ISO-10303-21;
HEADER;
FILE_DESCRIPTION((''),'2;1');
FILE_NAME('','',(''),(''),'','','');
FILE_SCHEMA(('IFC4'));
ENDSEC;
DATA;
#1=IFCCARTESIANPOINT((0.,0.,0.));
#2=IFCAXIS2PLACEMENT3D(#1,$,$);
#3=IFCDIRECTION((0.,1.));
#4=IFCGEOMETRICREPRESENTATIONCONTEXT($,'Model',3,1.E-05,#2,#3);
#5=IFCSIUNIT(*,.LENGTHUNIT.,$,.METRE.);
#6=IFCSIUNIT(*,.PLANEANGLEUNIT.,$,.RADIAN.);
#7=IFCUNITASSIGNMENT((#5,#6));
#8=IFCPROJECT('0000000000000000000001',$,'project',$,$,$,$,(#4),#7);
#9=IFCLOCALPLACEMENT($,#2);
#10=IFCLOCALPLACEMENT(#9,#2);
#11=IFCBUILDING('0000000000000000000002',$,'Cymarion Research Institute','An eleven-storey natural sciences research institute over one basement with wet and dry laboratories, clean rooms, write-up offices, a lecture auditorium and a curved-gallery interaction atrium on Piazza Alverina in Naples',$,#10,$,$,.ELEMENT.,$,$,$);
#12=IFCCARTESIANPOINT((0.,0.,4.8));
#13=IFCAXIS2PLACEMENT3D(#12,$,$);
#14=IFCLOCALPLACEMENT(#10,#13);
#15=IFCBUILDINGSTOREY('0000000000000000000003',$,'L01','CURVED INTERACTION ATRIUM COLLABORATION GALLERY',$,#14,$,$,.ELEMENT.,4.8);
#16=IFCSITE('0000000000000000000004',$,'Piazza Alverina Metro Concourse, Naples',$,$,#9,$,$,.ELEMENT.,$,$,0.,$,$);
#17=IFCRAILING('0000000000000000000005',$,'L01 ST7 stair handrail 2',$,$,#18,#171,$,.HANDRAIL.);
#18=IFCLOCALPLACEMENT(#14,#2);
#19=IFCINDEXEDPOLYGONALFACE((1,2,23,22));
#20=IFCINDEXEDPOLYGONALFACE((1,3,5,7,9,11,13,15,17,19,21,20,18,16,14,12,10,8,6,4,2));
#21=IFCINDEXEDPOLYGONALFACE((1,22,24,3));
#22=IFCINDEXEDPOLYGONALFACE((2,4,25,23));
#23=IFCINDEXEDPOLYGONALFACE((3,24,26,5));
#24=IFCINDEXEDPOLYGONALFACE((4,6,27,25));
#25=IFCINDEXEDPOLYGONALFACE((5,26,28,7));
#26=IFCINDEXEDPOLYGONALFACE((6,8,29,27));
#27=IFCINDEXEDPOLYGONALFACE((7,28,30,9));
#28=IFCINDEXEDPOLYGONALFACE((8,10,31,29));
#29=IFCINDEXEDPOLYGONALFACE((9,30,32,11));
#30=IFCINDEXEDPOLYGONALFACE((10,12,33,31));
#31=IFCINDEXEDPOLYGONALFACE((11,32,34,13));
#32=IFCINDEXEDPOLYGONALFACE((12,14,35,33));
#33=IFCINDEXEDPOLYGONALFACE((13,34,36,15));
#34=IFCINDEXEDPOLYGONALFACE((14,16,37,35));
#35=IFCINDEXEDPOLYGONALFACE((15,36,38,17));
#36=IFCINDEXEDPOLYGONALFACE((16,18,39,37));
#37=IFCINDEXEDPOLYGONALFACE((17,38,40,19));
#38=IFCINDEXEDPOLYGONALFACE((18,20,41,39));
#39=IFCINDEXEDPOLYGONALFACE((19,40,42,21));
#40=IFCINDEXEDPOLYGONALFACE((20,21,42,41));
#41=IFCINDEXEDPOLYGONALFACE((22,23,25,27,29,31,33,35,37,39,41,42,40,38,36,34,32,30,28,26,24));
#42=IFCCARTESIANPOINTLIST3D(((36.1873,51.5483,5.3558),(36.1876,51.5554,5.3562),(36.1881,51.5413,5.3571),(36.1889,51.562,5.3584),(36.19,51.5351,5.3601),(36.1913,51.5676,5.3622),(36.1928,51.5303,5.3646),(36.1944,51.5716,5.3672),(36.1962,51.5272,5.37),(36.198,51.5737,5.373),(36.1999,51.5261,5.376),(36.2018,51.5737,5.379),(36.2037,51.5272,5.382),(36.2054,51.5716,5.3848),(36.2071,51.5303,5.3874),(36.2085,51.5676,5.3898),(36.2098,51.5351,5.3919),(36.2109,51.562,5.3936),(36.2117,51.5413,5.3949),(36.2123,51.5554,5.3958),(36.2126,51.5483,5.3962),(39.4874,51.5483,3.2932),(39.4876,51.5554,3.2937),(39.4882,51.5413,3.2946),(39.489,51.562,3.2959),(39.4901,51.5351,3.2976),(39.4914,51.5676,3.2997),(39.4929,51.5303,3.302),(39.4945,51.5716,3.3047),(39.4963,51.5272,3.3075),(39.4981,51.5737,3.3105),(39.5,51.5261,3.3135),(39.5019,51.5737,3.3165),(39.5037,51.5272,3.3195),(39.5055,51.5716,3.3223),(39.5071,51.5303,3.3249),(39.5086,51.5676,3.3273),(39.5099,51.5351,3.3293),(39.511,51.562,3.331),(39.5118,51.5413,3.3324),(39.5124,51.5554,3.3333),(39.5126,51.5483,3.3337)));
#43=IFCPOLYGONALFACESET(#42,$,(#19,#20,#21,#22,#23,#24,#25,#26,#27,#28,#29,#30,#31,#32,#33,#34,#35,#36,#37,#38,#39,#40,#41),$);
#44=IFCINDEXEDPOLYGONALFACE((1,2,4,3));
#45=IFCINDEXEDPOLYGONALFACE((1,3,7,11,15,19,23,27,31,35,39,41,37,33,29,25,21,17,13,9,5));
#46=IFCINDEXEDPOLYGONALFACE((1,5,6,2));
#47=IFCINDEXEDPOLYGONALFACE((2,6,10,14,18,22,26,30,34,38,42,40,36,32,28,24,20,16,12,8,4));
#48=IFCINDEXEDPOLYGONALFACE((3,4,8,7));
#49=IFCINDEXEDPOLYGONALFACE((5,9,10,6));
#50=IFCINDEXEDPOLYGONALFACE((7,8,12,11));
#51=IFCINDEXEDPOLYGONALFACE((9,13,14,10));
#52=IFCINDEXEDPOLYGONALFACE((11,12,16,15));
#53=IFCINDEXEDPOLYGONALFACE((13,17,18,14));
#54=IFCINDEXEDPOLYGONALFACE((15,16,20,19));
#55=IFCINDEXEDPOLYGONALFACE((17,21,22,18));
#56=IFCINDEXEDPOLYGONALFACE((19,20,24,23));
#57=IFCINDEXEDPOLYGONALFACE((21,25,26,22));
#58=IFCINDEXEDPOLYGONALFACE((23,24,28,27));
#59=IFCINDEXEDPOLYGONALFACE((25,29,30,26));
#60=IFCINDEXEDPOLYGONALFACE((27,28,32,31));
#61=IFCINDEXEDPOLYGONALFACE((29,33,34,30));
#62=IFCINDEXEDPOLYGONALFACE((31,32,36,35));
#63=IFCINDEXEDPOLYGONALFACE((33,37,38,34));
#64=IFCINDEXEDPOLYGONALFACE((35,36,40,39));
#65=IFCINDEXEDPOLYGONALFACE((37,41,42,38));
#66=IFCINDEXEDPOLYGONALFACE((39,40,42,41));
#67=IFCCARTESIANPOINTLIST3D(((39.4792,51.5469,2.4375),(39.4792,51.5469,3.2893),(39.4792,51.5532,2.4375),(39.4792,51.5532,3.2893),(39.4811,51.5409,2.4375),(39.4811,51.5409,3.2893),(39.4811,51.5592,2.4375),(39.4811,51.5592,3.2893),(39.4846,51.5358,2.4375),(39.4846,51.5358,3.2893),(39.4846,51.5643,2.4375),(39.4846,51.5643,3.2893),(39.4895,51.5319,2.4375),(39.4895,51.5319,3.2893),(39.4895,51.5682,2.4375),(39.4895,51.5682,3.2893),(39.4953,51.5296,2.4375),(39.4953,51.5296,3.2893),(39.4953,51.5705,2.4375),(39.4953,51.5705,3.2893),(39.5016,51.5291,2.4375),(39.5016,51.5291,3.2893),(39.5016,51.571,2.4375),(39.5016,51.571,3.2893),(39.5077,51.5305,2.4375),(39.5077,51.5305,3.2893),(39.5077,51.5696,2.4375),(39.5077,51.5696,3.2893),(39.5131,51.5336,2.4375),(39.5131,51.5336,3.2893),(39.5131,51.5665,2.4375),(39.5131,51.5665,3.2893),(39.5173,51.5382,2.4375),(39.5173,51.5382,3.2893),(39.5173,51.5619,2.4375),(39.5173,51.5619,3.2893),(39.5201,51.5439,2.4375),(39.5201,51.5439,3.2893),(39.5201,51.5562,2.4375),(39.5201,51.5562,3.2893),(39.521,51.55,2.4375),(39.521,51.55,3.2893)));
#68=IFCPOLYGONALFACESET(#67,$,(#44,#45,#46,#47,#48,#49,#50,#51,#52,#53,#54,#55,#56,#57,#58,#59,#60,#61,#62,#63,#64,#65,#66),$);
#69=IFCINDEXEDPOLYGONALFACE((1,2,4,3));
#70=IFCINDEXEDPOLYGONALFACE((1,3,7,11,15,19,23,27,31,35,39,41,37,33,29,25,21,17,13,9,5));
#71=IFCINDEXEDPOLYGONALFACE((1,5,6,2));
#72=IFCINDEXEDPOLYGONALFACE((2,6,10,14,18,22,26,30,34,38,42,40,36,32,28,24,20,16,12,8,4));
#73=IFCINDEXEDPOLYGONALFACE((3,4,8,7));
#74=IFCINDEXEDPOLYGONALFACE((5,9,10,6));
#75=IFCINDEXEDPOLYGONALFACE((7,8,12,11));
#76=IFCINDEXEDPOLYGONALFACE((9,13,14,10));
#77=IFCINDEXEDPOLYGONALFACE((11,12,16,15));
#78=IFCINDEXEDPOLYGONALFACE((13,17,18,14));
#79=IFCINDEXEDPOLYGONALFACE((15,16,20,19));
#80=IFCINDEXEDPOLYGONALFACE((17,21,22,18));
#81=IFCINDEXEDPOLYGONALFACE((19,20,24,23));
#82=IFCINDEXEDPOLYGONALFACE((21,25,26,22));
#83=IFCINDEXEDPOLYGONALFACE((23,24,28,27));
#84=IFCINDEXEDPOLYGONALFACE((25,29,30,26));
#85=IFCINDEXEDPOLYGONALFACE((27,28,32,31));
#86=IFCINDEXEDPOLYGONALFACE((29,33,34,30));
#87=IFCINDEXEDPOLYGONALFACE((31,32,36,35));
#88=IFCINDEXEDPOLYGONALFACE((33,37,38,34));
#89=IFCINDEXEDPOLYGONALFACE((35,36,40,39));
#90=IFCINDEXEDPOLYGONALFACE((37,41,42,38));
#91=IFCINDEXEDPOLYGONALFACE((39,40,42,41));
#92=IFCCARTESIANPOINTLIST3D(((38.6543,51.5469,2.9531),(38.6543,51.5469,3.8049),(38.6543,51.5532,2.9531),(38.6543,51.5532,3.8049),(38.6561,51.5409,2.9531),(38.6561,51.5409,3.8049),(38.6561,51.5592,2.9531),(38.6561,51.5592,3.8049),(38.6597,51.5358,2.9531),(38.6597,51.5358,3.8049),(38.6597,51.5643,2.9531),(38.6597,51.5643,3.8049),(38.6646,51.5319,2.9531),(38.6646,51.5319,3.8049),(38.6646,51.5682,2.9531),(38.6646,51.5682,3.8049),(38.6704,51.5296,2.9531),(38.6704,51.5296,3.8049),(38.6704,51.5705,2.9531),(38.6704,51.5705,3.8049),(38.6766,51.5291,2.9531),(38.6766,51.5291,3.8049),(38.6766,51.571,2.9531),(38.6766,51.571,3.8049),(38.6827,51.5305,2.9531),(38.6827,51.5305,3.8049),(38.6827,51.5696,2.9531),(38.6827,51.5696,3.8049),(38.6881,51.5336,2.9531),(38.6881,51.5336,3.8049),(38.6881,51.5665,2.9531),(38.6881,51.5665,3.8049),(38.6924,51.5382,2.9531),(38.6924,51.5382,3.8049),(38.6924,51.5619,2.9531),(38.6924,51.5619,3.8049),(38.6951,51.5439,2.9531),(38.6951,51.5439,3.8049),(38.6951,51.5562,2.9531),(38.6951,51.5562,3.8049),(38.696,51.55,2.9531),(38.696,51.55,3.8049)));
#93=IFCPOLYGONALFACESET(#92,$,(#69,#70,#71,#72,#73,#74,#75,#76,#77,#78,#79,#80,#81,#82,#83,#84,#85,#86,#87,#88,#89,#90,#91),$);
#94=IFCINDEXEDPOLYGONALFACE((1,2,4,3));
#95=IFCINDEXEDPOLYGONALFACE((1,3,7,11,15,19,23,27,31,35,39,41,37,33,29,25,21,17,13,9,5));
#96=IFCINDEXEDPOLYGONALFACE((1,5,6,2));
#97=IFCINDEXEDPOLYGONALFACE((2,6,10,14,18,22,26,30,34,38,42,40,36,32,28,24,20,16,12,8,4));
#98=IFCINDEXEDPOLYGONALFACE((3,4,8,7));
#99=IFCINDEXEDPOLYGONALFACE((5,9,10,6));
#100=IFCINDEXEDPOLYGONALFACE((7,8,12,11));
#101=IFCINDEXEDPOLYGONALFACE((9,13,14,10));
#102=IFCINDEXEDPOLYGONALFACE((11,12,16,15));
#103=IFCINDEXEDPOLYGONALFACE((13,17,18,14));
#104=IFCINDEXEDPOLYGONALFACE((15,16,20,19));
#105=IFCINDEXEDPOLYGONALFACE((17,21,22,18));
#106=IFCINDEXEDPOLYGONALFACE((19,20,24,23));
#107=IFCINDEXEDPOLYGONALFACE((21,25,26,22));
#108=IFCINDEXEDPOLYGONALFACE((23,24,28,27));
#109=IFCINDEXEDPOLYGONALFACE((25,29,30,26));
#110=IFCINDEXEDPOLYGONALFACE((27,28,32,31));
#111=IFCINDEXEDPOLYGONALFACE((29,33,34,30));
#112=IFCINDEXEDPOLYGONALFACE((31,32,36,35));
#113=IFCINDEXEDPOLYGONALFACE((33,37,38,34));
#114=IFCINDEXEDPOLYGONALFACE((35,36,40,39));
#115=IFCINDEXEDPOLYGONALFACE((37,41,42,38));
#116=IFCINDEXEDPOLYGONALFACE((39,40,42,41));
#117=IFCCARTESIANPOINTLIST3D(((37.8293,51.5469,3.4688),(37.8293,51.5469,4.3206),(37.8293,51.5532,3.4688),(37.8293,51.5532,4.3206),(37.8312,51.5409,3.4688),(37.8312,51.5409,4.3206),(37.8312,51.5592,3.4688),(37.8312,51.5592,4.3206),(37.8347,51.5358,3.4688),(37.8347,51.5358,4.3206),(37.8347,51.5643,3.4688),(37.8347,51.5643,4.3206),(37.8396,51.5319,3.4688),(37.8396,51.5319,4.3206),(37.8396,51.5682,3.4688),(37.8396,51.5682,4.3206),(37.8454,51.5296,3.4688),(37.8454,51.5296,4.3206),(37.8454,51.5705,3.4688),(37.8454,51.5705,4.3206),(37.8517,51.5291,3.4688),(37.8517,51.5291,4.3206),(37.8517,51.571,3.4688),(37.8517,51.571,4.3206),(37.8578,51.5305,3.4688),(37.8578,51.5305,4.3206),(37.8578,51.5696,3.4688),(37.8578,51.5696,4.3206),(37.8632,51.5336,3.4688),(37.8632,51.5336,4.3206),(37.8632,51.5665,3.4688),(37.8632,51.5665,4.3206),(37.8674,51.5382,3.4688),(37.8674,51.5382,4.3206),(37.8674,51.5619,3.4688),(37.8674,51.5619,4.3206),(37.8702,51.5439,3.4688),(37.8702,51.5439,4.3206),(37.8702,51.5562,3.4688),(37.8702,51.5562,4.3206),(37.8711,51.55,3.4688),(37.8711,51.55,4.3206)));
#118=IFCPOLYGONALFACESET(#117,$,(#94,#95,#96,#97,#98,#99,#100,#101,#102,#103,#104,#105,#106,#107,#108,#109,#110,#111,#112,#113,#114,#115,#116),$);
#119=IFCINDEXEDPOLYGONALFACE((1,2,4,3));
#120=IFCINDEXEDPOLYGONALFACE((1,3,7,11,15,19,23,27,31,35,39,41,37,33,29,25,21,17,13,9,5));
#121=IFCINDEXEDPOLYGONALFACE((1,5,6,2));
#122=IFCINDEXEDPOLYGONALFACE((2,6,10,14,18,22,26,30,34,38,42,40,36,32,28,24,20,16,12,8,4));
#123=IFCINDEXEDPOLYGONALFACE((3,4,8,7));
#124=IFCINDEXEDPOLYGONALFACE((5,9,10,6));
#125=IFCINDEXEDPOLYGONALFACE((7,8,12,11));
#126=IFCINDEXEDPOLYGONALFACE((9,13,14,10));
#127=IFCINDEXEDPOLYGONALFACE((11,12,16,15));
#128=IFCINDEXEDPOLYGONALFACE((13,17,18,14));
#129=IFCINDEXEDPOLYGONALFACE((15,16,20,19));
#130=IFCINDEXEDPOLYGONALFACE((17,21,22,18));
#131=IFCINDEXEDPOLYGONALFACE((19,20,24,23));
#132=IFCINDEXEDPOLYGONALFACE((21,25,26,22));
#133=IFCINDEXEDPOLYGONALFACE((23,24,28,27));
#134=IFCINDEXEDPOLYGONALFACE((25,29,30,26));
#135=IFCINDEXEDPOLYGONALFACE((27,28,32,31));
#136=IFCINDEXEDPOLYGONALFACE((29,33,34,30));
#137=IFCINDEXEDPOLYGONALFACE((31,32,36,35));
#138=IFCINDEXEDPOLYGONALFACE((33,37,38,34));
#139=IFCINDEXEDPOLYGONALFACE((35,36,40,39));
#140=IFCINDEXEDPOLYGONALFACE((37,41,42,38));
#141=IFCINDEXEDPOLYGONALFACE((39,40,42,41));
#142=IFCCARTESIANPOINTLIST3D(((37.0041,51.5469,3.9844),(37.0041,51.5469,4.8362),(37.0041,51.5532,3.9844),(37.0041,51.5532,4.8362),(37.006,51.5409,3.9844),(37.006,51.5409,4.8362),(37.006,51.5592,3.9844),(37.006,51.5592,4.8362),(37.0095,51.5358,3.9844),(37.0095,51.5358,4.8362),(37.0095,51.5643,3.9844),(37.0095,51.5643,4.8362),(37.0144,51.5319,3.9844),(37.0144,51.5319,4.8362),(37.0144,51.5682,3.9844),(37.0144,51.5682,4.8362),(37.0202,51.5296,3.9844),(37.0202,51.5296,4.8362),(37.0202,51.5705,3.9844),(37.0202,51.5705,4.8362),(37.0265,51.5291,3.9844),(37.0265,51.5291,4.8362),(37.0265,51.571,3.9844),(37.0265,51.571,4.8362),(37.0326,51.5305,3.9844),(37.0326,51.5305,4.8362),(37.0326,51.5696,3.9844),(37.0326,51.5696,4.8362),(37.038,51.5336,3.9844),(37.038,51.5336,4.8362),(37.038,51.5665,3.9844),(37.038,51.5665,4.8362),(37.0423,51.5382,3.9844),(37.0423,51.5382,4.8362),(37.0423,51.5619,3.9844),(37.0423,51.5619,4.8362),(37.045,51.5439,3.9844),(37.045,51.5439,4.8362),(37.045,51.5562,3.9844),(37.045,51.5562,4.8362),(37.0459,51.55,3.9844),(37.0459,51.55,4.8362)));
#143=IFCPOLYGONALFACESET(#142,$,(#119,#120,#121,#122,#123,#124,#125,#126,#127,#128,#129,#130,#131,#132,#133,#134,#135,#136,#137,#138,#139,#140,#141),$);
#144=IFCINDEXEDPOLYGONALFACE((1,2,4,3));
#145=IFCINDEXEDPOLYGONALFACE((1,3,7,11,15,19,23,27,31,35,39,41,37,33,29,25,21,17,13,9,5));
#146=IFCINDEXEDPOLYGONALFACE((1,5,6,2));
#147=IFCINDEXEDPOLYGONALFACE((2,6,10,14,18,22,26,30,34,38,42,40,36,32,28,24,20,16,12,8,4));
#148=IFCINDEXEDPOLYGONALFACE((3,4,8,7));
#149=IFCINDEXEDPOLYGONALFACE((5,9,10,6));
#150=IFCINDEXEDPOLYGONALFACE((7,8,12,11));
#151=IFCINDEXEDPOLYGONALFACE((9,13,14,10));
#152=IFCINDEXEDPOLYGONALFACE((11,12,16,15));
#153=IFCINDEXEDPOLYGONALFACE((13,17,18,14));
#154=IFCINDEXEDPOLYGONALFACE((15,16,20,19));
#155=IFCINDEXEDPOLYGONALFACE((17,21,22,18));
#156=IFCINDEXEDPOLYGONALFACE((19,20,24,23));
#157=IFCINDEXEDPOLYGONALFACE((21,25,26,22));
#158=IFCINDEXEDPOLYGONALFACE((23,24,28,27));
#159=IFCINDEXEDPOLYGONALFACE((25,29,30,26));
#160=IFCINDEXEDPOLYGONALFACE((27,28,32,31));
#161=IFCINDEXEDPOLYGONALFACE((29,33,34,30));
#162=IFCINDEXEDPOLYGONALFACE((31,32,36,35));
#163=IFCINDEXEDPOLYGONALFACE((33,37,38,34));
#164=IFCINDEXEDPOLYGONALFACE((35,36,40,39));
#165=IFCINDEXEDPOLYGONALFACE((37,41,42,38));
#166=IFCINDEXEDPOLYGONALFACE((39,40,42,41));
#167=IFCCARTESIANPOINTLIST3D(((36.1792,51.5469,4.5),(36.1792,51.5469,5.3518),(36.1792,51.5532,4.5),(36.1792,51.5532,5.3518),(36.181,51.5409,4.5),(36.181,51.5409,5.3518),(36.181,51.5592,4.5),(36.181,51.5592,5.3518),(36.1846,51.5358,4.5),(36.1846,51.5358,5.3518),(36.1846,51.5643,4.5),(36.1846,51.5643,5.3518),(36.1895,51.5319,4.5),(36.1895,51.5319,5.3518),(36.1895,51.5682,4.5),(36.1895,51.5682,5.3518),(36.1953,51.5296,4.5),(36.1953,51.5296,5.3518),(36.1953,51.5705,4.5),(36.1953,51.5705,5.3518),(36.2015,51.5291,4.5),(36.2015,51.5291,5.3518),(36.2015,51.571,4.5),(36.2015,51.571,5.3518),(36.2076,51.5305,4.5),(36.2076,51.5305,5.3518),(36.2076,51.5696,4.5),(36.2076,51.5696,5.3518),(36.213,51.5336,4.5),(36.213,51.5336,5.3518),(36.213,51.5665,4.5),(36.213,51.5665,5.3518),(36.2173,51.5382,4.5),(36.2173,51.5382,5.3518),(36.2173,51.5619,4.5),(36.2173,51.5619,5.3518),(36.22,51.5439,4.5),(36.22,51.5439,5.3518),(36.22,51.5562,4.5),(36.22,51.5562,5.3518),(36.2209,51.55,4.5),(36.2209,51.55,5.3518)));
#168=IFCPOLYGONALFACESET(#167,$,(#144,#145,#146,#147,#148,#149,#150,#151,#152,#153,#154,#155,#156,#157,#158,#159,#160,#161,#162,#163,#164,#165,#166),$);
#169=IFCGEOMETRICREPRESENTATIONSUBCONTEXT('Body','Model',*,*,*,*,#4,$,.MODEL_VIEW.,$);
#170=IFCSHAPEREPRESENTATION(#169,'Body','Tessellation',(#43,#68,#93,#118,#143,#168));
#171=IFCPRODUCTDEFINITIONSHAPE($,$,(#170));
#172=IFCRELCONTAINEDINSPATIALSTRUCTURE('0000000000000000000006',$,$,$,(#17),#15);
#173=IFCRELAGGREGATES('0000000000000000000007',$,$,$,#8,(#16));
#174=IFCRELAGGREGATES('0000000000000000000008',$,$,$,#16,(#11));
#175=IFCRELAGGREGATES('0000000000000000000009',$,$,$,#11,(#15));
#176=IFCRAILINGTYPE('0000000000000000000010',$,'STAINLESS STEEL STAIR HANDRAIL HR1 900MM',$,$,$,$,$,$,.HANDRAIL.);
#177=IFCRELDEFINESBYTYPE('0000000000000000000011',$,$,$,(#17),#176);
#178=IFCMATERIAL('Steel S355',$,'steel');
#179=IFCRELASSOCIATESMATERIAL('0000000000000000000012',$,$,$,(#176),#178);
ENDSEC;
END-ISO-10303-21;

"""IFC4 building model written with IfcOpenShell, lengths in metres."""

from ifc_helpers import new_model, si_unit, direction, frame, origin, origin_2d, place, context, subcontext, project, spatial, circle, extrude, material, type_object, element, save


model = new_model("IFC4")

# Units and contexts
model_context = context("Model", 3, precision=1e-05, world=origin(), true_north=direction((0.0, 1.0)))
body_context = subcontext(model_context, "Body", "Model", "MODEL_VIEW")
ifc_project = project(units=[si_unit("LENGTHUNIT", "METRE"), si_unit("PLANEANGLEUNIT", "RADIAN")], contexts=[model_context])

# Site, building, storey
site_placement = place(None, origin())
site = spatial("IfcSite", under=ifc_project, at=site_placement, Name="Piazza Alverina Metro Concourse, Naples", CompositionType="ELEMENT", RefElevation=0.0)
building_placement = place(site_placement, origin())
building = spatial("IfcBuilding", under=site, at=building_placement, Name="Cymarion Research Institute", Description="An eleven-storey natural sciences research institute over one basement with wet and dry laboratories, clean rooms, write-up offices, a lecture auditorium and a curved-gallery interaction atrium on Piazza Alverina in Naples", CompositionType="ELEMENT")
storey_placement = place(building_placement, frame((0.0, 0.0, 4.8)))
storey = spatial("IfcBuildingStorey", under=building, at=storey_placement, Name="L01", Description="CURVED INTERACTION ATRIUM COLLABORATION GALLERY", CompositionType="ELEMENT", Elevation=4.8)

# Railing
ifc_material_1 = material(Name="Steel S355", Category="steel")
railing_type_1 = type_object("IfcRailingType", Name="STAINLESS STEEL STAIR HANDRAIL HR1 900MM", PredefinedType="HANDRAIL", material=ifc_material_1)
railing_1_placement = place(storey_placement, frame((39.5, 51.55, 2.4375)))
element("IfcRailing", 1, at=railing_1_placement, inside=storey, type_object=railing_type_1, Name="L01 ST7 stair handrail 2", PredefinedType="HANDRAIL", context=body_context, shape_type="SweptSolid", body=[
    extrude(circle(Radius=0.0239, at=origin_2d()), frame((0.0, 0.0, 0.876), z_axis=(-0.848002, 0.0, 0.529993), x_axis=(0.0, -1.0, 0.0)), (0.0, 0.0, 1.0), 3.8916),
    extrude(circle(Radius=0.021, at=origin_2d()), origin(), (0.0, 0.0, 1.0), 0.8518),
    extrude(circle(Radius=0.021, at=origin_2d()), frame((-0.825, 0.0, 0.5156)), (0.0, 0.0, 1.0), 0.8518),
    extrude(circle(Radius=0.021, at=origin_2d()), frame((-1.6499, 0.0, 1.0312)), (0.0, 0.0, 1.0), 0.8518),
    extrude(circle(Radius=0.021, at=origin_2d()), frame((-2.4751, 0.0, 1.5469)), (0.0, 0.0, 1.0), 0.8518),
    extrude(circle(Radius=0.021, at=origin_2d()), frame((-3.3, 0.0, 2.0625)), (0.0, 0.0, 1.0), 0.8518),
])

save(model, "model.ifc")
